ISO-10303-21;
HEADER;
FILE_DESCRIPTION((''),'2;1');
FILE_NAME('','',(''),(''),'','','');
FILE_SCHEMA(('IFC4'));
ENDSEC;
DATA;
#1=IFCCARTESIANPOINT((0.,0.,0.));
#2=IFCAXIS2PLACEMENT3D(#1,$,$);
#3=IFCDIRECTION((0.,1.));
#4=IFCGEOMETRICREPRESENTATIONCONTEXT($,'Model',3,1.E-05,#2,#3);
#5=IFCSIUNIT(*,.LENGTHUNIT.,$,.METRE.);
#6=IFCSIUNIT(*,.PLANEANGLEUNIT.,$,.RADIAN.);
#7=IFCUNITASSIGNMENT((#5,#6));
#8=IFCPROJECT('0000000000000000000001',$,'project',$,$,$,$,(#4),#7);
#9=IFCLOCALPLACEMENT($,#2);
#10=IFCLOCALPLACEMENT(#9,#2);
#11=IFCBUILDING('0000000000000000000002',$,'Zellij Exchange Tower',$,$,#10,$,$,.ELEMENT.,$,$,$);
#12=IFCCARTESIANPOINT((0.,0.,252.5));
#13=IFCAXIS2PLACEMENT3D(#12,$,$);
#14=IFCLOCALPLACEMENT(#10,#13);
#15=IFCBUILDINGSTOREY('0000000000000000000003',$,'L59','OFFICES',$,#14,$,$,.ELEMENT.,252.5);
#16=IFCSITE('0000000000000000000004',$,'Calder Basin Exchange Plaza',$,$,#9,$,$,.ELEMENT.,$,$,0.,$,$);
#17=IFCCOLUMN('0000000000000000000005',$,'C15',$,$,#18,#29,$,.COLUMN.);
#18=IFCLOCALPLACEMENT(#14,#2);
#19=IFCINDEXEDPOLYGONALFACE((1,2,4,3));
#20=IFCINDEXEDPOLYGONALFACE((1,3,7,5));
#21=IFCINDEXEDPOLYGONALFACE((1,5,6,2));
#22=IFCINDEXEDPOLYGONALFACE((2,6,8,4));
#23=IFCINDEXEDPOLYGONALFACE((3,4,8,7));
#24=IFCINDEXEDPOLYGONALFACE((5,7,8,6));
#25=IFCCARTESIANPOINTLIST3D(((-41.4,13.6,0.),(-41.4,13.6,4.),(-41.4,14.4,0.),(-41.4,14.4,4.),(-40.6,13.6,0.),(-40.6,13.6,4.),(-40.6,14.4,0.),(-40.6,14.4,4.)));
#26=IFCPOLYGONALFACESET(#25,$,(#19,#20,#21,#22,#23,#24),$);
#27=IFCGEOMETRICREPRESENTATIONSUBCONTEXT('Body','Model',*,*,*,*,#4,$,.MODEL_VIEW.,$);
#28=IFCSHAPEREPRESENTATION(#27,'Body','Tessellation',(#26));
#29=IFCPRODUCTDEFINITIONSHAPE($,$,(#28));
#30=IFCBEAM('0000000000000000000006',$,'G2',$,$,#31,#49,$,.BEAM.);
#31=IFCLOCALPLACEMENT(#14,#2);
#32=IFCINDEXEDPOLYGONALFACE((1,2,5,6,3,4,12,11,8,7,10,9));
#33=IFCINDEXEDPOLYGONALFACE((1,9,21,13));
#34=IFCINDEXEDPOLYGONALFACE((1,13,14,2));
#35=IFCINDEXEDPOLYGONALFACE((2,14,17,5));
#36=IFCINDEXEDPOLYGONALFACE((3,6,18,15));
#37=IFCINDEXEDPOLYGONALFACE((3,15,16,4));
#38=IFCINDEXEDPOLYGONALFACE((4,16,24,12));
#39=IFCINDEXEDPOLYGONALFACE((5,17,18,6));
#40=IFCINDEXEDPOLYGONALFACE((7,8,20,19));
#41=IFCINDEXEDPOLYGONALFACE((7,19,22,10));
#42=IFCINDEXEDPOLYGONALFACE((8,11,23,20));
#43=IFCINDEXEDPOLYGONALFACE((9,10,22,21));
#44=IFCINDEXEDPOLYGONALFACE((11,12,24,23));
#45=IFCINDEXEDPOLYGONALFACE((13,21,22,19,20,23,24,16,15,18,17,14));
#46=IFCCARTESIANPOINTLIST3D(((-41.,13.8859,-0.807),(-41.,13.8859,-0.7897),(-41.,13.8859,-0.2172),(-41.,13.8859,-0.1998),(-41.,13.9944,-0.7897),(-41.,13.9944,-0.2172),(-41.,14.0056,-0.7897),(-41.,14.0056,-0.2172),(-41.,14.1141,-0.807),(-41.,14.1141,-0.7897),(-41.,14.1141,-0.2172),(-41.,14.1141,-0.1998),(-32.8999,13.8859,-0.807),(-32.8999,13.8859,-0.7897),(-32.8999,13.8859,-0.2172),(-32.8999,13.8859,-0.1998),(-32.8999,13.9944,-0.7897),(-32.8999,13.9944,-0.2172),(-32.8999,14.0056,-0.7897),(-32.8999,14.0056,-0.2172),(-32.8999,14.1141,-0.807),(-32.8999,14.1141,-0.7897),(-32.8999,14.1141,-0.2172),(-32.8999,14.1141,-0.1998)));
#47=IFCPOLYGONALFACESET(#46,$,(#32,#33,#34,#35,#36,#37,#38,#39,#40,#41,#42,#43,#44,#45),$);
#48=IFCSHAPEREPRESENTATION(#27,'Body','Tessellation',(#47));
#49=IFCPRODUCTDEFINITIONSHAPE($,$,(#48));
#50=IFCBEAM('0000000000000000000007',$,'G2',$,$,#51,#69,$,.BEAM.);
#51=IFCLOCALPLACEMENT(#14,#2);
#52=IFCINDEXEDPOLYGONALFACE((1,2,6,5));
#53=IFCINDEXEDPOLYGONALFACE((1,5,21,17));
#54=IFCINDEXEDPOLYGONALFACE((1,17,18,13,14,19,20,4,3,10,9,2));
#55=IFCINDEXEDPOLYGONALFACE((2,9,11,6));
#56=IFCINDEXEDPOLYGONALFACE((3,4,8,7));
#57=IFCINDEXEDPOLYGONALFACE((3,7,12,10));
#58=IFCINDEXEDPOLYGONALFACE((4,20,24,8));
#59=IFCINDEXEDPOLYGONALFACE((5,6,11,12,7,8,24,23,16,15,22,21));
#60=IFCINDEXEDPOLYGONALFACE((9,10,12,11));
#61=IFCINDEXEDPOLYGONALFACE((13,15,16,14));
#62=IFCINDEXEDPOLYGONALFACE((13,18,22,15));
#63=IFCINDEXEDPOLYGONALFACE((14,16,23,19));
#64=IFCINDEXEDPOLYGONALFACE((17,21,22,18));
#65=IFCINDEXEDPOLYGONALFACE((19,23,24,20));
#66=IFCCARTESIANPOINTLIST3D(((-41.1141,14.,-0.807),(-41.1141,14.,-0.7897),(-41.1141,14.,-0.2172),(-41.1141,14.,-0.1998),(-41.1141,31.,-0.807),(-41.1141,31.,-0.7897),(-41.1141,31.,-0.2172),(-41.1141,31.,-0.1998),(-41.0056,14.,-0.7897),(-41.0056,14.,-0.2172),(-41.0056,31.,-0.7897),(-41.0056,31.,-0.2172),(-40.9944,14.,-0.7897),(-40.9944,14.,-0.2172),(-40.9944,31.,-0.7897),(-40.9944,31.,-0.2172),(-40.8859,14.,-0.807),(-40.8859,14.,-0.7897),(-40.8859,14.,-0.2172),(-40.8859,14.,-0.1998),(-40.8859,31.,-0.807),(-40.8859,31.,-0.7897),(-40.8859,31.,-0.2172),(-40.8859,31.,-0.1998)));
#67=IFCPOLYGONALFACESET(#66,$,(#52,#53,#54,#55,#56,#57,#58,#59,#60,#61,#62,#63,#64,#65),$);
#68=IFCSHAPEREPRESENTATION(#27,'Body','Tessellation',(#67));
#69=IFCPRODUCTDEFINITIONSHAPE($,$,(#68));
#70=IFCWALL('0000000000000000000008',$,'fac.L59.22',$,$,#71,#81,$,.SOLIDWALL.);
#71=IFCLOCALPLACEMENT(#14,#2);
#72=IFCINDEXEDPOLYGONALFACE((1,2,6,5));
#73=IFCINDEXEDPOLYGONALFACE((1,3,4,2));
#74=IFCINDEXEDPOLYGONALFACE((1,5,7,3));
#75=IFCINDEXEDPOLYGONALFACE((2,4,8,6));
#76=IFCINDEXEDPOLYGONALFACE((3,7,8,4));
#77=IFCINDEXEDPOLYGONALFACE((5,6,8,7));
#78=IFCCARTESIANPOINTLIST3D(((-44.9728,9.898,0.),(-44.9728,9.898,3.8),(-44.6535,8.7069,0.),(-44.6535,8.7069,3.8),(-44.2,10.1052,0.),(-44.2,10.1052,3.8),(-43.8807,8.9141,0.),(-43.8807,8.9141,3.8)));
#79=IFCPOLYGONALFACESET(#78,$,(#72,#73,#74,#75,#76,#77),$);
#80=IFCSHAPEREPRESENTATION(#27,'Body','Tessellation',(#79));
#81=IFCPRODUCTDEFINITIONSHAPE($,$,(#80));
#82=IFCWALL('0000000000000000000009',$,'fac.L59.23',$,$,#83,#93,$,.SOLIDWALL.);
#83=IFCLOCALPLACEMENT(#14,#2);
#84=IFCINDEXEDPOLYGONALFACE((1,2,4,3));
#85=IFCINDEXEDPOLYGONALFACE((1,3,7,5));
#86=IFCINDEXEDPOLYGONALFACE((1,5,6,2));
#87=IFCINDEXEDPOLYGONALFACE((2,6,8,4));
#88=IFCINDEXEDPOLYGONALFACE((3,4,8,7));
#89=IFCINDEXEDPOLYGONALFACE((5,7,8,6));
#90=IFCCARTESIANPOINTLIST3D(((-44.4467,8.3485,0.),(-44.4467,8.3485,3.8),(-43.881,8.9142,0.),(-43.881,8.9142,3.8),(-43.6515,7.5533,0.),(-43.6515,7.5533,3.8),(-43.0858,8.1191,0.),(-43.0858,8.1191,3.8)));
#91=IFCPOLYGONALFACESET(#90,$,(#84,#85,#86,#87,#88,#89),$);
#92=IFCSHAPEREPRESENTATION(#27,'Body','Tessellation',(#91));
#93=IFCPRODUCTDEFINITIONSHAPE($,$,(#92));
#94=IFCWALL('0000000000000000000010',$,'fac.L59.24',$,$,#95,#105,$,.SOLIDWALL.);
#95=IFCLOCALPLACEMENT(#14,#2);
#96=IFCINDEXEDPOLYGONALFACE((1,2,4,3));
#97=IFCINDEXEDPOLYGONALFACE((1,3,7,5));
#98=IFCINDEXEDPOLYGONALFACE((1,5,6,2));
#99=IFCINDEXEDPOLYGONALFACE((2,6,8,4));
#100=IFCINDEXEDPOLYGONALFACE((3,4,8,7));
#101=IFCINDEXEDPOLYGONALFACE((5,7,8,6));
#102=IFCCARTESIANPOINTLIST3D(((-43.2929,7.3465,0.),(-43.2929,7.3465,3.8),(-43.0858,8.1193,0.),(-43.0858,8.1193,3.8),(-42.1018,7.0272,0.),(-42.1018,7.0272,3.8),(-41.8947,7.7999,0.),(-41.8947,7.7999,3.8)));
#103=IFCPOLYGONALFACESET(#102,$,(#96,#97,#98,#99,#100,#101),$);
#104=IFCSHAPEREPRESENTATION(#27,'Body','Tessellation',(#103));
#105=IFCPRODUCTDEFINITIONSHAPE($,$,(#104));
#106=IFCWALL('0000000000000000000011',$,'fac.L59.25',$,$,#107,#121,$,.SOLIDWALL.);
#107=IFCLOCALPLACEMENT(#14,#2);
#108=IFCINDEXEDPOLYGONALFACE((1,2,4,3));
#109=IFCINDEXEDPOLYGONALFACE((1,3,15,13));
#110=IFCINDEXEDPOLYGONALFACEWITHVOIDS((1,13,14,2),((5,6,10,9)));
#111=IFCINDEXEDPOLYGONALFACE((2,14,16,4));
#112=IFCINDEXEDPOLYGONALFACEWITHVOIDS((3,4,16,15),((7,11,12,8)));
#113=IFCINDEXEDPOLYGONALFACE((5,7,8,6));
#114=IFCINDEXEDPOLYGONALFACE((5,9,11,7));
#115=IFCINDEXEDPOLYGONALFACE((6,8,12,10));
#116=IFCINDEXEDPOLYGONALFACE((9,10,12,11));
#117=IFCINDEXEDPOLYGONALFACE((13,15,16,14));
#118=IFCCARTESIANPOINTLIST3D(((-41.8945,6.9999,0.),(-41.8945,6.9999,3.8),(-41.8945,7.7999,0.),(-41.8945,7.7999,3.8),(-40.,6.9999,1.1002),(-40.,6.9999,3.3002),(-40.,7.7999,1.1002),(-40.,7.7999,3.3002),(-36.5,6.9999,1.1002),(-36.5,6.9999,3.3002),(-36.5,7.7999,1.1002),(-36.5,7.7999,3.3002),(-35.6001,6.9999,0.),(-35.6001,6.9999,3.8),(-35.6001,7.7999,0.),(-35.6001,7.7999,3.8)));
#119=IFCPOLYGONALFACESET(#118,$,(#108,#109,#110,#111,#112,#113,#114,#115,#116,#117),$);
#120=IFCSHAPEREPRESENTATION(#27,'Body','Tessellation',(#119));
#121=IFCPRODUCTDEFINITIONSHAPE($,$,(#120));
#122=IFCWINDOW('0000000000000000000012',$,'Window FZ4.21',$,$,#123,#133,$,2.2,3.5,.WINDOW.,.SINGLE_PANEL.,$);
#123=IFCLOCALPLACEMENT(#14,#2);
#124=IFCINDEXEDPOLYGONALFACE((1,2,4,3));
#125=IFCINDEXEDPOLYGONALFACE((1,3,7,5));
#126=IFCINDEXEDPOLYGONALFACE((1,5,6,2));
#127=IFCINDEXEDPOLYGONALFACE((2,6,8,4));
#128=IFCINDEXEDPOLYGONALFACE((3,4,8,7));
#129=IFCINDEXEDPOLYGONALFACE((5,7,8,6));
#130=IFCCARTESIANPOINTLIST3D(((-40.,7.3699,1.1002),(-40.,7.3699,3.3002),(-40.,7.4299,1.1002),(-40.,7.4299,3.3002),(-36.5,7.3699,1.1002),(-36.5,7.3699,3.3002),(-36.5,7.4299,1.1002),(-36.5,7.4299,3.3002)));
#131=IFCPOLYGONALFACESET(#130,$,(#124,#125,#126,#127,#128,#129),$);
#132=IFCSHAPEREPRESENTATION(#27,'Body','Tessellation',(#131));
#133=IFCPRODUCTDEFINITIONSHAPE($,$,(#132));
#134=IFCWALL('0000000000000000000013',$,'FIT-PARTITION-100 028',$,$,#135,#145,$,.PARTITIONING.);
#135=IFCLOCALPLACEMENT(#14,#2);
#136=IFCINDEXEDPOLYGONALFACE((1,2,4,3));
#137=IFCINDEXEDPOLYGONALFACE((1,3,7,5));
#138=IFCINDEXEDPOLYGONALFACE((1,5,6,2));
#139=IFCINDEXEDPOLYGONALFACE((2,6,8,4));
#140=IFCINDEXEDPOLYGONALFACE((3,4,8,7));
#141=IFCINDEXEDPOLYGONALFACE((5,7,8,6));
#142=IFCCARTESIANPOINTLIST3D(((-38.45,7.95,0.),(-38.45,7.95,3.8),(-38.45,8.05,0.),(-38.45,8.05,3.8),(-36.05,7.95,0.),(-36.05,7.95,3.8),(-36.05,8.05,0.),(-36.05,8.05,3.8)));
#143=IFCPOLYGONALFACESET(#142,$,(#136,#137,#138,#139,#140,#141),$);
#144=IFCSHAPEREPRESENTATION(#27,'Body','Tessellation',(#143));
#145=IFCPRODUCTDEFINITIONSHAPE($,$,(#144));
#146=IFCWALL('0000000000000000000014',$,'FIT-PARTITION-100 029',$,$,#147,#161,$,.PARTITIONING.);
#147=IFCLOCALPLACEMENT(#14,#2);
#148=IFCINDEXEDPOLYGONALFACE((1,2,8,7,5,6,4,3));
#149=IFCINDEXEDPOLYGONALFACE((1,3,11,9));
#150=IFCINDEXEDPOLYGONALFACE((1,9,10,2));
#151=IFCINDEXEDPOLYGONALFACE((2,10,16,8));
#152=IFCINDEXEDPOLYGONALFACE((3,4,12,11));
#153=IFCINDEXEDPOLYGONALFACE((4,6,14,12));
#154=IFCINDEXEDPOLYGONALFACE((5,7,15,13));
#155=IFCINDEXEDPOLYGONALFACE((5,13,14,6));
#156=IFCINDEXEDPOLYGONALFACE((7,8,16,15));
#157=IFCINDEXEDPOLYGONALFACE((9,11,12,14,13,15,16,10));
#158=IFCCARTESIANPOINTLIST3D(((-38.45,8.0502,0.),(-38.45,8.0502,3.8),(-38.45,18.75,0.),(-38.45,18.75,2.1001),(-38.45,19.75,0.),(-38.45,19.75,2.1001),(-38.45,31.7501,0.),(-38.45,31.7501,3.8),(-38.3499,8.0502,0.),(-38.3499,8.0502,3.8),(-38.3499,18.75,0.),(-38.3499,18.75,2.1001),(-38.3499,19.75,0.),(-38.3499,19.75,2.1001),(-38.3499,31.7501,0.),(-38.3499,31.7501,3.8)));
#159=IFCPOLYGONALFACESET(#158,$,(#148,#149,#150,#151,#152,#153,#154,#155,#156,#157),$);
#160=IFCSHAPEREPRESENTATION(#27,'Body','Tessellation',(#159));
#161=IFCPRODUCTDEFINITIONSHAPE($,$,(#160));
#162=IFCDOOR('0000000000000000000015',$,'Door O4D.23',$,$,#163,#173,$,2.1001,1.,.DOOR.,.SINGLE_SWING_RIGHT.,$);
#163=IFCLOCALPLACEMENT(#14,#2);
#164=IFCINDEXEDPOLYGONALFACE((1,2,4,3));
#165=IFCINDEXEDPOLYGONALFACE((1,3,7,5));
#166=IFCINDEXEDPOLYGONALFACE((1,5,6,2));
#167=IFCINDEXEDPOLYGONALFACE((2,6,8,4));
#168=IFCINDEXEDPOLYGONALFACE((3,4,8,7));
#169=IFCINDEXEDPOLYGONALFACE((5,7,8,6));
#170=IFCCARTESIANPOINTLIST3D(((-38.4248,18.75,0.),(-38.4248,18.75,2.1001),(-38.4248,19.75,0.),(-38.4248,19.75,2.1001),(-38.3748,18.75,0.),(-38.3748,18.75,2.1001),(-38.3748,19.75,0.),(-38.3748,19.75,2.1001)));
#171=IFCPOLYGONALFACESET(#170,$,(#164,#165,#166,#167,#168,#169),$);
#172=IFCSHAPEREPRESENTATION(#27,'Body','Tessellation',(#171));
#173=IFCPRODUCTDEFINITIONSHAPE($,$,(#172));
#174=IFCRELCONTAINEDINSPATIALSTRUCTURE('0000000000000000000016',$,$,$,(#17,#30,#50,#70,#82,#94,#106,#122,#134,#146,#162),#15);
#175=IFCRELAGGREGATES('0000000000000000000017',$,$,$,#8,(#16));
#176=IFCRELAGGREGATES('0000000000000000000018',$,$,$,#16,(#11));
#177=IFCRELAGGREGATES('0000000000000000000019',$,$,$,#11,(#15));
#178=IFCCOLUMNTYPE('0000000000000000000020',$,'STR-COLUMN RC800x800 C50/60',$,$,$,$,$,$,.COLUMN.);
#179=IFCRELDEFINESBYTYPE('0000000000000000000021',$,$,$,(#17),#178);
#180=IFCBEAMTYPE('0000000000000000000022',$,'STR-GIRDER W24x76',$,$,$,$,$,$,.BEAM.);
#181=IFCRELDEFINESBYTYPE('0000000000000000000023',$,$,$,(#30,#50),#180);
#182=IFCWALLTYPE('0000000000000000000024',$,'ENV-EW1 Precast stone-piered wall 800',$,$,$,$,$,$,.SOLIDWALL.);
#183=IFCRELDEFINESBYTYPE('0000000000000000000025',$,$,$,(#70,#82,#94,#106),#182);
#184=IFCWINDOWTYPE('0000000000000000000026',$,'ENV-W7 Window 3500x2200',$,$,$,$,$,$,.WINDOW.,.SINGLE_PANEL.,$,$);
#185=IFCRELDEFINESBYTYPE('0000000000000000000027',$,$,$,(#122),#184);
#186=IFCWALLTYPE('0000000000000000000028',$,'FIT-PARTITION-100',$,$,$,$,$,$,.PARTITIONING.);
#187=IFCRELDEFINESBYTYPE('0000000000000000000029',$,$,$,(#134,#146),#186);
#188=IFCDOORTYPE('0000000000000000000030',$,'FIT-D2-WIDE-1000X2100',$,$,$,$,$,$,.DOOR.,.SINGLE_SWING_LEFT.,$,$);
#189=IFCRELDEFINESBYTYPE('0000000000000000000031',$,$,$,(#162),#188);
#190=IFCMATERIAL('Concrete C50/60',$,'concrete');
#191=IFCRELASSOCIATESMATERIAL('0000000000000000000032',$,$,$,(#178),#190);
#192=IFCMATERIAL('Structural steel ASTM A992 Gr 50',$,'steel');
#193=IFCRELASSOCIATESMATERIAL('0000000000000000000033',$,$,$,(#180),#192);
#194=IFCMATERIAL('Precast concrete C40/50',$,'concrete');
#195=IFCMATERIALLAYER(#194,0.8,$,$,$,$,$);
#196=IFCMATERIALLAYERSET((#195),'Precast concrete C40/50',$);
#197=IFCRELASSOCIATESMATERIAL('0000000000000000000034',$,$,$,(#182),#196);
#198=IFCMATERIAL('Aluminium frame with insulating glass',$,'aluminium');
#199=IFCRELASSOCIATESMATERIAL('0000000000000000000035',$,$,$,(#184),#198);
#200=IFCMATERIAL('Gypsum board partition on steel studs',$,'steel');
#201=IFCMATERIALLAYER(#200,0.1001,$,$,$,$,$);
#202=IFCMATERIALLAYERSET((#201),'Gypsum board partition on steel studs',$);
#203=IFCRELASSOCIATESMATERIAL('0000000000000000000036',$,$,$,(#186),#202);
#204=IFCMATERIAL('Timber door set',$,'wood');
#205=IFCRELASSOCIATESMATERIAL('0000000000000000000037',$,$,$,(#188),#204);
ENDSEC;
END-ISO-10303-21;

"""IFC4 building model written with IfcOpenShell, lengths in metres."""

from ifc_helpers import new_model, si_unit, direction, frame, frame_2d, origin, origin_2d, place, context, subcontext, project, spatial, rectangle, i_section, extrude, material, layer, layer_set, material_profile, profile_set, type_object, element, fill, save


model = new_model("IFC4")

# Units and contexts
model_context = context("Model", 3, precision=1e-05, world=origin(), true_north=direction((0.0, 1.0)))
body_context = subcontext(model_context, "Body", "Model", "MODEL_VIEW")
ifc_project = project(units=[si_unit("LENGTHUNIT", "METRE"), si_unit("PLANEANGLEUNIT", "RADIAN")], contexts=[model_context])

# Site, building, storey
site_placement = place(None, origin())
site = spatial("IfcSite", under=ifc_project, at=site_placement, Name="Calder Basin Exchange Plaza", CompositionType="ELEMENT", RefElevation=0.0)
building_placement = place(site_placement, origin())
building = spatial("IfcBuilding", under=site, at=building_placement, Name="Zellij Exchange Tower", CompositionType="ELEMENT")
storey_placement = place(building_placement, frame((0.0, 0.0, 252.5)))
storey = spatial("IfcBuildingStorey", under=building, at=storey_placement, Name="L59", Description="OFFICES", CompositionType="ELEMENT", Elevation=252.5)

# Column
ifc_material_1 = material(Name="Concrete C50/60", Category="concrete")
ifc_material_profile_1 = material_profile(ifc_material_1, rectangle(XDim=0.8, YDim=0.8, at=origin_2d()), Name="STR-COLUMN RC800x800 C50/60")
ifc_profile_set_1 = profile_set([ifc_material_profile_1], Name="Concrete C50/60")
column_type = type_object("IfcColumnType", Name="STR-COLUMN RC800x800 C50/60", PredefinedType="COLUMN", material=ifc_profile_set_1)
column_placement = place(storey_placement, frame((-41.0, 14.0, 0.0), z_axis=(0.0, 0.0, 1.0), x_axis=(1.0, 0.0, 0.0)))
element("IfcColumn", 1, at=column_placement, inside=storey, type_object=column_type, Name="C15", PredefinedType="COLUMN", context=body_context, shape_type="SweptSolid", body=[
    extrude(rectangle(XDim=0.8, YDim=0.8, at=origin_2d()), origin(), (0.0, 0.0, 1.0), 4.0),
])

# Beams
ifc_material_2 = material(Name="Structural steel ASTM A992 Gr 50", Category="steel")
ifc_material_profile_2 = material_profile(ifc_material_2, i_section(OverallWidth=0.2283, OverallDepth=0.6072, WebThickness=0.0112, FlangeThickness=0.0173, at=origin_2d()), Name="W24x76")
ifc_profile_set_2 = profile_set([ifc_material_profile_2], Name="Structural steel ASTM A992 Gr 50")
beam_type = type_object("IfcBeamType", Name="STR-GIRDER W24x76", PredefinedType="BEAM", material=ifc_profile_set_2)
beam_1_placement = place(storey_placement, frame((-41.0, 14.0, -0.5034), z_axis=(1.0, 0.0, 0.0), x_axis=(0.0, 1.0, 0.0)))
element("IfcBeam", 2, at=beam_1_placement, inside=storey, type_object=beam_type, Name="G2", PredefinedType="BEAM", context=body_context, shape_type="SweptSolid", body=[
    extrude(i_section(OverallWidth=0.2283, OverallDepth=0.6072, WebThickness=0.0112, FlangeThickness=0.0173, at=origin_2d()), origin(), (0.0, 0.0, 1.0), 8.1001),
])
beam_2_placement = place(storey_placement, frame((-41.0, 14.0, -0.5034), z_axis=(0.0, 1.0, 0.0), x_axis=(-1.0, 0.0, 0.0)))
element("IfcBeam", 3, at=beam_2_placement, inside=storey, type_object=beam_type, Name="G2", PredefinedType="BEAM", context=body_context, shape_type="SweptSolid", body=[
    extrude(i_section(OverallWidth=0.2283, OverallDepth=0.6072, WebThickness=0.0112, FlangeThickness=0.0173, at=origin_2d()), origin(), (0.0, 0.0, 1.0), 17.0),
])

# Walls
ifc_material_3 = material(Name="Precast concrete C40/50", Category="concrete")
ifc_layer_1 = layer(ifc_material_3, 0.8)
ifc_layer_set_1 = layer_set([ifc_layer_1], Name="Precast concrete C40/50")
wall_type_1 = type_object("IfcWallType", Name="ENV-EW1 Precast stone-piered wall 800", PredefinedType="SOLIDWALL", material=ifc_layer_set_1)
wall_1_placement = place(storey_placement, frame((-44.5864, 10.0017, 0.0), z_axis=(0.0, 0.0, 1.0), x_axis=(0.258944, -0.965892, 0.0)))
element("IfcWall", 4, at=wall_1_placement, inside=storey, type_object=wall_type_1, Name="fac.L59.22", PredefinedType="SOLIDWALL", context=body_context, shape_type="SweptSolid", body=[
    extrude(rectangle(XDim=1.2332, YDim=0.8, at=frame_2d((0.6167, 0.0))), origin(), (0.0, 0.0, 1.0), 3.8),
])
wall_2_placement = place(storey_placement, frame((-44.1638, 8.6313, 0.0), z_axis=(0.0, 0.0, 1.0), x_axis=(0.707107, -0.707107, 0.0)))
element("IfcWall", 5, at=wall_2_placement, inside=storey, type_object=wall_type_1, Name="fac.L59.23", PredefinedType="SOLIDWALL", context=body_context, shape_type="SweptSolid", body=[
    extrude(rectangle(XDim=1.1245, YDim=0.8, at=frame_2d((0.5623, 0.0))), origin(), (0.0, 0.0, 1.0), 3.8),
])
wall_3_placement = place(storey_placement, frame((-43.1895, 7.7329, 0.0), z_axis=(0.0, 0.0, 1.0), x_axis=(0.965892, -0.258944, 0.0)))
element("IfcWall", 6, at=wall_3_placement, inside=storey, type_object=wall_type_1, Name="fac.L59.24", PredefinedType="SOLIDWALL", context=body_context, shape_type="SweptSolid", body=[
    extrude(rectangle(XDim=1.2332, YDim=0.8, at=frame_2d((0.6167, 0.0))), origin(), (0.0, 0.0, 1.0), 3.8),
])

# Wall, opening, window
wall_4_placement = place(storey_placement, frame((-41.8945, 7.3999, 0.0), z_axis=(0.0, 0.0, 1.0), x_axis=(1.0, 0.0, 0.0)))
wall_4 = element("IfcWall", 7, at=wall_4_placement, inside=storey, type_object=wall_type_1, Name="fac.L59.25", PredefinedType="SOLIDWALL", context=body_context, shape_type="SweptSolid", body=[
    extrude(rectangle(XDim=6.2944, YDim=0.8, at=frame_2d((3.1472, 0.0))), origin(), (0.0, 0.0, 1.0), 3.8),
])
opening_1_placement = place(wall_4_placement, frame((1.8945, 0.0, 1.1001)))
opening_1 = element("IfcOpeningElement", 8, at=opening_1_placement, cuts=wall_4, PredefinedType="OPENING", context=body_context, shape_type="SweptSolid", body=[
    extrude(rectangle(XDim=3.5, YDim=2.2, at=frame_2d((1.75, 1.1001))), frame((0.0, 0.4121, 0.0), z_axis=(0.0, -1.0, 0.0), x_axis=(1.0, 0.0, 0.0)), (0.0, 0.0, 1.0), 0.824),
])
ifc_material_4 = material(Name="Aluminium frame with insulating glass", Category="aluminium")
window_type = type_object("IfcWindowType", Name="ENV-W7 Window 3500x2200", PartitioningType="SINGLE_PANEL", PredefinedType="WINDOW", material=ifc_material_4)
window_placement = place(opening_1_placement, origin())
window = element("IfcWindow", 9, at=window_placement, inside=storey, type_object=window_type, Name="Window FZ4.21", OverallHeight=2.2, OverallWidth=3.5, PartitioningType="SINGLE_PANEL", PredefinedType="WINDOW", context=body_context, shape_type="SweptSolid", body=[
    extrude(rectangle(XDim=3.5, YDim=2.2, at=frame_2d((1.75, 1.1001))), frame((0.0, 0.03, 0.0), z_axis=(0.0, -1.0, 0.0), x_axis=(1.0, 0.0, 0.0)), (0.0, 0.0, 1.0), 0.0601),
])
fill(opening_1, window)

# Wall
ifc_material_5 = material(Name="Gypsum board partition on steel studs", Category="steel")
ifc_layer_2 = layer(ifc_material_5, 0.1001)
ifc_layer_set_2 = layer_set([ifc_layer_2], Name="Gypsum board partition on steel studs")
wall_type_2 = type_object("IfcWallType", Name="FIT-PARTITION-100", PredefinedType="PARTITIONING", material=ifc_layer_set_2)
wall_5_placement = place(storey_placement, frame((-38.45, 8.0, 0.0), z_axis=(0.0, 0.0, 1.0), x_axis=(1.0, 0.0, 0.0)))
element("IfcWall", 10, at=wall_5_placement, inside=storey, type_object=wall_type_2, Name="FIT-PARTITION-100 028", PredefinedType="PARTITIONING", context=body_context, shape_type="SweptSolid", body=[
    extrude(rectangle(XDim=2.3999, YDim=0.1001, at=frame_2d((1.2, 0.0))), origin(), (0.0, 0.0, 1.0), 3.8),
])

# Wall, opening, door
wall_6_placement = place(storey_placement, frame((-38.3999, 8.05, 0.0), z_axis=(0.0, 0.0, 1.0), x_axis=(0.0, 1.0, 0.0)))
wall_6 = element("IfcWall", 11, at=wall_6_placement, inside=storey, type_object=wall_type_2, Name="FIT-PARTITION-100 029", PredefinedType="PARTITIONING", context=body_context, shape_type="SweptSolid", body=[
    extrude(rectangle(XDim=23.7, YDim=0.1001, at=frame_2d((11.8501, 0.0))), origin(), (0.0, 0.0, 1.0), 3.8),
])
opening_2_placement = place(wall_6_placement, frame((10.7, 0.0, 0.0)))
opening_2 = element("IfcOpeningElement", 12, at=opening_2_placement, cuts=wall_6, PredefinedType="OPENING", context=body_context, shape_type="SweptSolid", body=[
    extrude(rectangle(XDim=1.0, YDim=2.1001, at=frame_2d((0.5, 1.05))), frame((0.0, 0.062, 0.0), z_axis=(0.0, -1.0, 0.0), x_axis=(1.0, 0.0, 0.0)), (0.0, 0.0, 1.0), 0.124),
])
ifc_material_6 = material(Name="Timber door set", Category="wood")
door_type_1 = type_object("IfcDoorType", Name="FIT-D2-WIDE-1000X2100", OperationType="SINGLE_SWING_LEFT", PredefinedType="DOOR", material=ifc_material_6)
door_1_placement = place(opening_2_placement, origin())
door_1 = element("IfcDoor", 13, at=door_1_placement, inside=storey, type_object=door_type_1, Name="Door O4D.23", OperationType="SINGLE_SWING_RIGHT", OverallHeight=2.1001, OverallWidth=1.0, PredefinedType="DOOR", context=body_context, shape_type="SweptSolid", body=[
    extrude(rectangle(XDim=1.0, YDim=2.1001, at=frame_2d((0.5, 1.05))), frame((0.0, 0.0249, 0.0), z_axis=(0.0, -1.0, 0.0), x_axis=(1.0, 0.0, 0.0)), (0.0, 0.0, 1.0), 0.05),
])
fill(opening_2, door_1)

save(model, "model.ifc")
